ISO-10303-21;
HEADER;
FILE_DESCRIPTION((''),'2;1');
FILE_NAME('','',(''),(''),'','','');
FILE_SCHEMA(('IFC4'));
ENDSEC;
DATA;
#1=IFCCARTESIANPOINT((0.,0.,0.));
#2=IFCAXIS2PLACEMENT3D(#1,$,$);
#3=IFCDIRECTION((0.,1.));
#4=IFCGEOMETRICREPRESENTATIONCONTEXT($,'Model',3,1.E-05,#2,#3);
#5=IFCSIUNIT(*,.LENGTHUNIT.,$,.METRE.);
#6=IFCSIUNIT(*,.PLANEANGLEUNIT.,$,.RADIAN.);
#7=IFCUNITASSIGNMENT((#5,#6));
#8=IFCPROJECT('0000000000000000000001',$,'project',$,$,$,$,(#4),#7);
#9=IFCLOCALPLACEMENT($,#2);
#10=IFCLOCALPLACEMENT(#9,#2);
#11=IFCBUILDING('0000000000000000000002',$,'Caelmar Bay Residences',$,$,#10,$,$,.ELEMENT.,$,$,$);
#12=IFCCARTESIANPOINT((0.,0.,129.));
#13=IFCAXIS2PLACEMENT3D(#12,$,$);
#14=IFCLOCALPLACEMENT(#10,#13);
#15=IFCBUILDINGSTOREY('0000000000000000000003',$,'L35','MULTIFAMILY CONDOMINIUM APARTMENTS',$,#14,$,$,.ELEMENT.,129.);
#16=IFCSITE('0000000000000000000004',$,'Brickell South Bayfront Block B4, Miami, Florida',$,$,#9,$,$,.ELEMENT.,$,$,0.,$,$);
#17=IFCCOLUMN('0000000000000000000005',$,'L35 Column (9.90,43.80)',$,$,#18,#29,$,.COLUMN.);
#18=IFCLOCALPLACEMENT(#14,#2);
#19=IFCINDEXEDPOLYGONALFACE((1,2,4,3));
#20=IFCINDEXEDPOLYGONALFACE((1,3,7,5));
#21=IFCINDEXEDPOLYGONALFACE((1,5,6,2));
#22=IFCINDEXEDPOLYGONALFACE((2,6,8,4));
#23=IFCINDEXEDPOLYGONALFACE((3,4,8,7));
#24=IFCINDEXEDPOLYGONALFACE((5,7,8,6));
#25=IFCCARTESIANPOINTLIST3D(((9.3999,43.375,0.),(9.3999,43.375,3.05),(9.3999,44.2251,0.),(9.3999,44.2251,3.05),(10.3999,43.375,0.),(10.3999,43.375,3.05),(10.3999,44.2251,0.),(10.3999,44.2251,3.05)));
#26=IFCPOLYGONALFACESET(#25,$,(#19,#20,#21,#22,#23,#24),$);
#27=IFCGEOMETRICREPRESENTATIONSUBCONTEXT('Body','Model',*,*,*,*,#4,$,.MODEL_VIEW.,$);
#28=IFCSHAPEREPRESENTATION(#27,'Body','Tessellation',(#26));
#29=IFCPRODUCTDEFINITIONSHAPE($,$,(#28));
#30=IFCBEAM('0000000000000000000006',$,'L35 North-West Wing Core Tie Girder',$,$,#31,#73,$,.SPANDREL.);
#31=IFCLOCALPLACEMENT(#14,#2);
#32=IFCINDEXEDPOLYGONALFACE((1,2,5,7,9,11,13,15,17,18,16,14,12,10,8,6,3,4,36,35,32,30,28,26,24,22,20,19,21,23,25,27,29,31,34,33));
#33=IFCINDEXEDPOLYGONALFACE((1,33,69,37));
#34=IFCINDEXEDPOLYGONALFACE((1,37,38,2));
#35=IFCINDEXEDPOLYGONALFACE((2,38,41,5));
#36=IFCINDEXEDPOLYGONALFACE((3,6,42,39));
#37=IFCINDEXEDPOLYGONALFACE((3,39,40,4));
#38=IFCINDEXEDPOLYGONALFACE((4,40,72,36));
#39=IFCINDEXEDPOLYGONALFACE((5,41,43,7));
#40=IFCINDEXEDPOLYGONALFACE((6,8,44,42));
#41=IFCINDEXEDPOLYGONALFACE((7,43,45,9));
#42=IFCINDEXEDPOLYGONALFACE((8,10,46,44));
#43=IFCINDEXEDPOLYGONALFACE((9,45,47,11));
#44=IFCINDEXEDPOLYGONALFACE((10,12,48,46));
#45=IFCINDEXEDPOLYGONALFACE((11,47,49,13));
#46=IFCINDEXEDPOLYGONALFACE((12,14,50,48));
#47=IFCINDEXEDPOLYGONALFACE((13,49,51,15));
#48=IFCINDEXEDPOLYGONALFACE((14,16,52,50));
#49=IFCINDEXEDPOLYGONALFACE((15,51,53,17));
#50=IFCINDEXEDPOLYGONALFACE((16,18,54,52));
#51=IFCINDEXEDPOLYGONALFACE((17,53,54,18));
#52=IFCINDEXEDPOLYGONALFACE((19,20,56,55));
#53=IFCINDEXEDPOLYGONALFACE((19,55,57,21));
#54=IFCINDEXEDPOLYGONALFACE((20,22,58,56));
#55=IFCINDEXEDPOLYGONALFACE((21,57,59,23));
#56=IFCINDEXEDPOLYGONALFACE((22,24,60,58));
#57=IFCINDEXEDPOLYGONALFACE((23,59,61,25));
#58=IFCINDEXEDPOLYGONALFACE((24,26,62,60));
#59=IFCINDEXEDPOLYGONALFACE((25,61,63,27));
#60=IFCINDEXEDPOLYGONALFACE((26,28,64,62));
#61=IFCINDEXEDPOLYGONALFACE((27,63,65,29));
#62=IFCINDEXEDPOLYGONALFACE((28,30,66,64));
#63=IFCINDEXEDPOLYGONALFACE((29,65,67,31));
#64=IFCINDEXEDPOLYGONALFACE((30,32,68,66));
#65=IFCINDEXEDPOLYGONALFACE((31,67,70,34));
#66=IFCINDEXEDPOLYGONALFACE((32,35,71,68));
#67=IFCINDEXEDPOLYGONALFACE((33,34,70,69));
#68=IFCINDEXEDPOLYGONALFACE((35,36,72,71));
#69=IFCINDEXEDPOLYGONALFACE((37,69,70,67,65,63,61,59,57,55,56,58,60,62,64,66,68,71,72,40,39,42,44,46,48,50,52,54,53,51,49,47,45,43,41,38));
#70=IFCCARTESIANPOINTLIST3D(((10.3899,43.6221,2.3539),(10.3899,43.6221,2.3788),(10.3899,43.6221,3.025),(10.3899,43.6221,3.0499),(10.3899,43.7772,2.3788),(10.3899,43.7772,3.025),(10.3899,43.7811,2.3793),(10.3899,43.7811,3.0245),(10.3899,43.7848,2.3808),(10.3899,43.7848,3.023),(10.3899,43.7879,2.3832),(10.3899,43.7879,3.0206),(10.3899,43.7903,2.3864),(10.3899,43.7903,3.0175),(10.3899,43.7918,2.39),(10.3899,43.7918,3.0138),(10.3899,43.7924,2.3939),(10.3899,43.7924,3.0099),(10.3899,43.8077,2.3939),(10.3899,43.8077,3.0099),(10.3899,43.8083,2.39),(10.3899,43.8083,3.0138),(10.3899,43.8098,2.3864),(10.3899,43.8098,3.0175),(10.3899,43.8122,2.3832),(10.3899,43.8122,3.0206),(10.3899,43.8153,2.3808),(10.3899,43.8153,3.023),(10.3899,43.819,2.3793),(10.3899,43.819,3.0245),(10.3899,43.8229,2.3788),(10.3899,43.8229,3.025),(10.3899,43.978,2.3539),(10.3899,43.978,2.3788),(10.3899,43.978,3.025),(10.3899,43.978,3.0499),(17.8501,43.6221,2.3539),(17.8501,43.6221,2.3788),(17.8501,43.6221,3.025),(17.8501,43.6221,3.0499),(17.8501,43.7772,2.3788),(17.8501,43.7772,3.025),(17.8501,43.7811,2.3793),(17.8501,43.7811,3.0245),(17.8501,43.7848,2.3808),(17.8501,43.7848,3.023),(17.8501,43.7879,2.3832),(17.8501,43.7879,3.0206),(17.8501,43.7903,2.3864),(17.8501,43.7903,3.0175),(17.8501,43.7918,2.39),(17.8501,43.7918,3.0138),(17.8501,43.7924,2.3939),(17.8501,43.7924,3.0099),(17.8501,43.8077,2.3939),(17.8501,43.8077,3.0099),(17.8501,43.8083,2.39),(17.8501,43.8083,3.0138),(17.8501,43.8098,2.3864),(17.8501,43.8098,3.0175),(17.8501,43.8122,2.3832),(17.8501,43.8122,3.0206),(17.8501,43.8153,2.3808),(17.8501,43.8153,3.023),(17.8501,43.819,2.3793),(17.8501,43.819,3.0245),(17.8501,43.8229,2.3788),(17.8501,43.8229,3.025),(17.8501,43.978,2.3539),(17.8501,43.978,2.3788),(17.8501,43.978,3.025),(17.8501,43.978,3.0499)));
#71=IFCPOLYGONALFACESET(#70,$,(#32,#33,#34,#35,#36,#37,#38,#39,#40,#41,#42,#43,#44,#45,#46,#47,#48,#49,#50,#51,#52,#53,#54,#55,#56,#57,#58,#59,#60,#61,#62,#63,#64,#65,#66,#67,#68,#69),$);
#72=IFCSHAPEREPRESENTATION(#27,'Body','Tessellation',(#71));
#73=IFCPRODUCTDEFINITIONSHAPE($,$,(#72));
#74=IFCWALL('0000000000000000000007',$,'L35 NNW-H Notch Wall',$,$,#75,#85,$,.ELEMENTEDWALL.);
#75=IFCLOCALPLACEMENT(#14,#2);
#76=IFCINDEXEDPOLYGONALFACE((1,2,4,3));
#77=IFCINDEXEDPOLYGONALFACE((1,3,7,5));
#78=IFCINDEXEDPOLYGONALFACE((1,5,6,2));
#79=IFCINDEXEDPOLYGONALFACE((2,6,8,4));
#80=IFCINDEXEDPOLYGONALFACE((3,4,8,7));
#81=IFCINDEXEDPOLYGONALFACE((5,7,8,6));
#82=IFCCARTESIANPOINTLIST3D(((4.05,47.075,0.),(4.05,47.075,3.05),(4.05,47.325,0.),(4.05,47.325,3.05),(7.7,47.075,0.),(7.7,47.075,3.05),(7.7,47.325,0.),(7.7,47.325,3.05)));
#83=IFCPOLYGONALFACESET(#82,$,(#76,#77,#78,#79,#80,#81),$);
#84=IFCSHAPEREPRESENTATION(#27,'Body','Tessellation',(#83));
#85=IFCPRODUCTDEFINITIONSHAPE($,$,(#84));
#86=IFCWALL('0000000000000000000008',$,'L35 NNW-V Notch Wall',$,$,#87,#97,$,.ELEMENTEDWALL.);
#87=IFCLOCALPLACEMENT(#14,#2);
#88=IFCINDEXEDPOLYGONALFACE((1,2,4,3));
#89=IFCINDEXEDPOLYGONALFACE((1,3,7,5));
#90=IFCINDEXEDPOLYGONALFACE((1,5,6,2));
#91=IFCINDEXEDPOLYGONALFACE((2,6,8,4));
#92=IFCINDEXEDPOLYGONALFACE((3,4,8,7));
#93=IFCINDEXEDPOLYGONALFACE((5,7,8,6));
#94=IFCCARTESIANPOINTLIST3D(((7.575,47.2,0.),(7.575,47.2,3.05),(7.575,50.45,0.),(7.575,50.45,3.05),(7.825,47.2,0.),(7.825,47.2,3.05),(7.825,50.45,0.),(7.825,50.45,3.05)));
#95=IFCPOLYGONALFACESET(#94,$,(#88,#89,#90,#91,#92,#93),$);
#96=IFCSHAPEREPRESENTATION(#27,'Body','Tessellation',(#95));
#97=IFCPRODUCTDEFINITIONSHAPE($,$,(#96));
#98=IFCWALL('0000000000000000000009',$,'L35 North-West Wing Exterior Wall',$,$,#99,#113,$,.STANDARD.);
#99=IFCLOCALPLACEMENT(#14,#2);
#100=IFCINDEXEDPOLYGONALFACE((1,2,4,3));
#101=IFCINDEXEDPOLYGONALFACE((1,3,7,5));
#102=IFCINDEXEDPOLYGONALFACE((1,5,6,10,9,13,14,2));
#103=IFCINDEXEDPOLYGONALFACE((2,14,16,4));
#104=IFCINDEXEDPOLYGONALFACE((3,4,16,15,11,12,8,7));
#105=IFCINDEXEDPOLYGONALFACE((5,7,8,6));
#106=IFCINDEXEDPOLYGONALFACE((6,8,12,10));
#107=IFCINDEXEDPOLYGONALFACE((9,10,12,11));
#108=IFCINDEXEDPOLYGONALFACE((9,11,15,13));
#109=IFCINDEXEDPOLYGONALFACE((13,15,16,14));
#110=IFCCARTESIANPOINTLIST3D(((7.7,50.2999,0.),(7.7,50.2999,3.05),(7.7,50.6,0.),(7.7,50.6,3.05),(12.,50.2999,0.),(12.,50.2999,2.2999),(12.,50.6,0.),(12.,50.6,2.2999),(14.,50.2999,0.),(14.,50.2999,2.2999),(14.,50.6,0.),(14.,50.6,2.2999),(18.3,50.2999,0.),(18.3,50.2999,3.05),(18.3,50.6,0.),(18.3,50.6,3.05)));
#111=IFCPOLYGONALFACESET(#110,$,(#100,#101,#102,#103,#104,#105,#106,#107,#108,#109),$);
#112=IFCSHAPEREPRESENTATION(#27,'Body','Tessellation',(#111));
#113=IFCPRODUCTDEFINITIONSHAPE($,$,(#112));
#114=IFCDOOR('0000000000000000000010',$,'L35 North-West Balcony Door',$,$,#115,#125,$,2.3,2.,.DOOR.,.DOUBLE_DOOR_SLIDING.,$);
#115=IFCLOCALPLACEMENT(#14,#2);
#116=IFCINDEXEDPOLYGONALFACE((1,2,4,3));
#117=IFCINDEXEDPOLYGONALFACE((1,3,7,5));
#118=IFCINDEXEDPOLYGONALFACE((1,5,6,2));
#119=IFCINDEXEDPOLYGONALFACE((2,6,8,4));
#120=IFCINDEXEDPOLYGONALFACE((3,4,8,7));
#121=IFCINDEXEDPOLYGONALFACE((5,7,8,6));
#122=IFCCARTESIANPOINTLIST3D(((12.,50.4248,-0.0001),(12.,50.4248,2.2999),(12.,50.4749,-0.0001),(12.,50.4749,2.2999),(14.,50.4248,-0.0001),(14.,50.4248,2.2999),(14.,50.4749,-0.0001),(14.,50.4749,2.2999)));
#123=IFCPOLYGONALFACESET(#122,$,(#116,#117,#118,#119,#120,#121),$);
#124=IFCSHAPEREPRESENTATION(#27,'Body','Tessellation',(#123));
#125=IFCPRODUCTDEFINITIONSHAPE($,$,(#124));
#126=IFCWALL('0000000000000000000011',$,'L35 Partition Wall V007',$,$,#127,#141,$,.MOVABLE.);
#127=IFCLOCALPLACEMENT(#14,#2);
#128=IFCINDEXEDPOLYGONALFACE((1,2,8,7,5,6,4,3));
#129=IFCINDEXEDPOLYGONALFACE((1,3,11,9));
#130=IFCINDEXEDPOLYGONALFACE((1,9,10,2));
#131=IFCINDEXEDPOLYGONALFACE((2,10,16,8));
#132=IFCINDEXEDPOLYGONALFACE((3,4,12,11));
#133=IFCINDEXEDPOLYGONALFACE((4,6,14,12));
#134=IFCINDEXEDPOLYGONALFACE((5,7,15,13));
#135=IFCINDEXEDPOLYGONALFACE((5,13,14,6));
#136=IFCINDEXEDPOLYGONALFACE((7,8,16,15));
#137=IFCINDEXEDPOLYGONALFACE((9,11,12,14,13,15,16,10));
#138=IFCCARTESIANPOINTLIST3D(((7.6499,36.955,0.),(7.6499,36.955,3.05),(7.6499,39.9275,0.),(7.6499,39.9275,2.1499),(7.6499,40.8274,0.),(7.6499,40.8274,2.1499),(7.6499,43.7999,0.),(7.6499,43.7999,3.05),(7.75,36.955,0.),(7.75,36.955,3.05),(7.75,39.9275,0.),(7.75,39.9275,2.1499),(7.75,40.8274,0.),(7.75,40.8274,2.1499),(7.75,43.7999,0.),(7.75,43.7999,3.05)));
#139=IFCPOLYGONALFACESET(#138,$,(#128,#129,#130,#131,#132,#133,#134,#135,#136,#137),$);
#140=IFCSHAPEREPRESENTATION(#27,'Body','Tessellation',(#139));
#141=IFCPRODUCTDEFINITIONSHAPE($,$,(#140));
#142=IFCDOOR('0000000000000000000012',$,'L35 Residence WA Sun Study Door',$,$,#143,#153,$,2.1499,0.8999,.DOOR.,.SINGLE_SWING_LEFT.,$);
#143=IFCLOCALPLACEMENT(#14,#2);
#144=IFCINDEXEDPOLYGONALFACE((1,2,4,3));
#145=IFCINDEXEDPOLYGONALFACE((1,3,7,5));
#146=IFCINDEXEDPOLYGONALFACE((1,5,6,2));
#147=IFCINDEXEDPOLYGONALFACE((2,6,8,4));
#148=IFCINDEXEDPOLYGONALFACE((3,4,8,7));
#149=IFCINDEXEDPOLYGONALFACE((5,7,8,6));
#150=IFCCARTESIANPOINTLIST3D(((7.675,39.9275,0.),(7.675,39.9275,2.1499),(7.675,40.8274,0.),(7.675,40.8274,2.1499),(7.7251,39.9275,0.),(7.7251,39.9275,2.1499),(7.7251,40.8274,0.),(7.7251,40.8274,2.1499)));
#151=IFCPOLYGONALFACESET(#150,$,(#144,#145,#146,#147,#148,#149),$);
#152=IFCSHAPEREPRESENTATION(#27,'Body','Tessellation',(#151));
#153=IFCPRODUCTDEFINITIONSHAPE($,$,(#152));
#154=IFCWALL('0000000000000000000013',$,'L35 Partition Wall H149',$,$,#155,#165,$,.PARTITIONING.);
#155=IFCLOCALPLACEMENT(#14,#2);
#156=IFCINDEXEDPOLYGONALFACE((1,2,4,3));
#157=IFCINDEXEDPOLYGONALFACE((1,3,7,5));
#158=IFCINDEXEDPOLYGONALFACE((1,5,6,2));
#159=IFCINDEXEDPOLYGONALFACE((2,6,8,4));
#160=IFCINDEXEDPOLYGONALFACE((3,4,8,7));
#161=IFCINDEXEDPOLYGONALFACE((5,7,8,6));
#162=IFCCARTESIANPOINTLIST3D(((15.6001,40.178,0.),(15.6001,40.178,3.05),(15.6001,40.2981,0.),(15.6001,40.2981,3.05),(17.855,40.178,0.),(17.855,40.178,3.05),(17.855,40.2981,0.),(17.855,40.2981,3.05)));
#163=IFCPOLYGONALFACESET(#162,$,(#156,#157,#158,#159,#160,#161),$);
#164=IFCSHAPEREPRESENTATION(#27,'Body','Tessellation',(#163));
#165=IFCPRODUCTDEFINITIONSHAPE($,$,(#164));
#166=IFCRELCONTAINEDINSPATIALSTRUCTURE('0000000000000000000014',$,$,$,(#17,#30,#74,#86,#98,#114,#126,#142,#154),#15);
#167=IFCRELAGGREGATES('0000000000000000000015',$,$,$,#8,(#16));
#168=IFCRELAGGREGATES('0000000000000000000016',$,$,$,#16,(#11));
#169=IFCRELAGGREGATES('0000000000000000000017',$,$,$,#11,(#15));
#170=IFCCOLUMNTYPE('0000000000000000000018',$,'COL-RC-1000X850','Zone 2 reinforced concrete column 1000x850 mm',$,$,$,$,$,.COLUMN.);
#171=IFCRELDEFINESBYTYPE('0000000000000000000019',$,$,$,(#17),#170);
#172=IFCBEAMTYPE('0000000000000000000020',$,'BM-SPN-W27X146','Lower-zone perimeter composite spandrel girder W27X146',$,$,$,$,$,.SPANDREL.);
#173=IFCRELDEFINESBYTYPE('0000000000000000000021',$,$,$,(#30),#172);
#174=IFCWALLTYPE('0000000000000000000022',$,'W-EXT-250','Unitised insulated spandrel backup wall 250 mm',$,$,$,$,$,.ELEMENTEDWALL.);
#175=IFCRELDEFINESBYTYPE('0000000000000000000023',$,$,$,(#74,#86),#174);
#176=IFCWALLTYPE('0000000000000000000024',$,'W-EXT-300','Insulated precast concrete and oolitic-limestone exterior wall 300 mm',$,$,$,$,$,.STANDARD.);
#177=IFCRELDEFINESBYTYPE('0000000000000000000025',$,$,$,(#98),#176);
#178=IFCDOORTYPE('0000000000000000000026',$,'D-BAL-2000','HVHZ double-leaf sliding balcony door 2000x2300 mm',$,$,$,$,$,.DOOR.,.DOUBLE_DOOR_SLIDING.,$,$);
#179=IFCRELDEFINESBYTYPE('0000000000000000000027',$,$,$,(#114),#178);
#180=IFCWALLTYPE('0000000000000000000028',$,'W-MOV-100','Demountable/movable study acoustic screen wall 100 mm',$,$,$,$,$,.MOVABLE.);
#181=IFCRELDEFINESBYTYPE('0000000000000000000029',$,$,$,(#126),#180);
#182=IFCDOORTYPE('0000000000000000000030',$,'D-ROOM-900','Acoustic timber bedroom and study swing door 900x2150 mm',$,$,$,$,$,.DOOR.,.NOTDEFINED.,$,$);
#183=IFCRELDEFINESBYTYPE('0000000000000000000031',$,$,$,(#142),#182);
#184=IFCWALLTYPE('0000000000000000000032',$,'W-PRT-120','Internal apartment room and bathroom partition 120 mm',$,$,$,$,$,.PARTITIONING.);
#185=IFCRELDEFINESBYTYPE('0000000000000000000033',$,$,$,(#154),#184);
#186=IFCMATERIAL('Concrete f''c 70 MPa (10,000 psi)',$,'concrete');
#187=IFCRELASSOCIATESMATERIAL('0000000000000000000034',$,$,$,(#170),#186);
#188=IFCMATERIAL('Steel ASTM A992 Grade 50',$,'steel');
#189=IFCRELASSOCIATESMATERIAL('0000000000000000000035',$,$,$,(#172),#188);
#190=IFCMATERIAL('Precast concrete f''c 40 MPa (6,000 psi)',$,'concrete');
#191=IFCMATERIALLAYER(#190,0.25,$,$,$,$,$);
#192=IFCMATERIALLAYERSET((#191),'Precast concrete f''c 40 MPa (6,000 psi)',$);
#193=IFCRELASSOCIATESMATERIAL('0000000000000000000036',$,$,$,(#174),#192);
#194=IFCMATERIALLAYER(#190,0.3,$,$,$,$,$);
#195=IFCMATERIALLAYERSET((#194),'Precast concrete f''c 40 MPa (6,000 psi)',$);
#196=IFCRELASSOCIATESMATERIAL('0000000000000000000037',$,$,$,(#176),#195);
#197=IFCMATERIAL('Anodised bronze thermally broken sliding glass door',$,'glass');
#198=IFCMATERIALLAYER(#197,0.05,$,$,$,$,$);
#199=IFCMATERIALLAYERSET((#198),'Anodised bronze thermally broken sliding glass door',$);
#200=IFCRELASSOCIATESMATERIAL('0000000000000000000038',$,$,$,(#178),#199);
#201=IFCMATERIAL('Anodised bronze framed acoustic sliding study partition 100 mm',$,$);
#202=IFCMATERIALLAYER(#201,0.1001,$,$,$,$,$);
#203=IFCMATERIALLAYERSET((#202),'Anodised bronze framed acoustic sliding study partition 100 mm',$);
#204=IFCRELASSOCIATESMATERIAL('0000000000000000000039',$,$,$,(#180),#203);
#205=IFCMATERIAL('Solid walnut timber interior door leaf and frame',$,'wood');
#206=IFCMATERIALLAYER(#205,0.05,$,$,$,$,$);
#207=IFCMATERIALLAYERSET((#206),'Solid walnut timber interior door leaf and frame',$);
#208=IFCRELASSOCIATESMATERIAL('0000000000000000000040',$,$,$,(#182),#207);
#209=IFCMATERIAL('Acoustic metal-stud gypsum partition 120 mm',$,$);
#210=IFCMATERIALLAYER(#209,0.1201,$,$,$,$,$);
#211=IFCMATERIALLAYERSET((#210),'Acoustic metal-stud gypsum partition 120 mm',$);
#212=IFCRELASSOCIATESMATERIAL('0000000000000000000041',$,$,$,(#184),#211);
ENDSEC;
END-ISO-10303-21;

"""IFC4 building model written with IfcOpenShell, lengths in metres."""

from ifc_helpers import new_model, si_unit, direction, frame, frame_2d, origin, origin_2d, place, context, subcontext, project, spatial, rectangle, i_section, extrude, material, layer, layer_set, material_profile, profile_set, type_object, element, fill, save


model = new_model("IFC4")

# Units and contexts
model_context = context("Model", 3, precision=1e-05, world=origin(), true_north=direction((0.0, 1.0)))
body_context = subcontext(model_context, "Body", "Model", "MODEL_VIEW")
ifc_project = project(units=[si_unit("LENGTHUNIT", "METRE"), si_unit("PLANEANGLEUNIT", "RADIAN")], contexts=[model_context])

# Site, building, storey
site_placement = place(None, origin())
site = spatial("IfcSite", under=ifc_project, at=site_placement, Name="Brickell South Bayfront Block B4, Miami, Florida", CompositionType="ELEMENT", RefElevation=0.0)
building_placement = place(site_placement, origin())
building = spatial("IfcBuilding", under=site, at=building_placement, Name="Caelmar Bay Residences", CompositionType="ELEMENT")
storey_placement = place(building_placement, frame((0.0, 0.0, 129.0)))
storey = spatial("IfcBuildingStorey", under=building, at=storey_placement, Name="L35", Description="MULTIFAMILY CONDOMINIUM APARTMENTS", CompositionType="ELEMENT", Elevation=129.0)

# Column
ifc_material_1 = material(Name="Concrete f'c 70 MPa (10,000 psi)", Category="concrete")
ifc_material_profile_1 = material_profile(ifc_material_1, rectangle(XDim=1.0, YDim=0.8501, at=origin_2d()), Name="RC-COL-1000X850")
ifc_profile_set_1 = profile_set([ifc_material_profile_1], Name="Concrete f'c 70 MPa (10,000 psi)")
column_type = type_object("IfcColumnType", Name="COL-RC-1000X850", Description="Zone 2 reinforced concrete column 1000x850 mm", PredefinedType="COLUMN", material=ifc_profile_set_1)
column_placement = place(storey_placement, frame((9.8999, 43.8, 0.0), z_axis=(0.0, 0.0, 1.0), x_axis=(1.0, 0.0, 0.0)))
element("IfcColumn", 1, at=column_placement, inside=storey, type_object=column_type, Name="L35 Column (9.90,43.80)", PredefinedType="COLUMN", context=body_context, shape_type="SweptSolid", body=[
    extrude(rectangle(XDim=1.0, YDim=0.8501, at=origin_2d()), origin(), (0.0, 0.0, 1.0), 3.05),
])

# Beam
ifc_material_2 = material(Name="Steel ASTM A992 Grade 50", Category="steel")
ifc_material_profile_2 = material_profile(ifc_material_2, i_section(OverallWidth=0.356, OverallDepth=0.696, WebThickness=0.0154, FlangeThickness=0.0249, FilletRadius=0.0151, at=origin_2d()), Name="W27X146")
ifc_profile_set_2 = profile_set([ifc_material_profile_2], Name="Steel ASTM A992 Grade 50")
beam_type = type_object("IfcBeamType", Name="BM-SPN-W27X146", Description="Lower-zone perimeter composite spandrel girder W27X146", PredefinedType="SPANDREL", material=ifc_profile_set_2)
beam_placement = place(storey_placement, frame((10.3899, 43.8, 2.7019), z_axis=(1.0, 0.0, 0.0), x_axis=(0.0, 1.0, 0.0)))
element("IfcBeam", 2, at=beam_placement, inside=storey, type_object=beam_type, Name="L35 North-West Wing Core Tie Girder", PredefinedType="SPANDREL", context=body_context, shape_type="SweptSolid", body=[
    extrude(i_section(OverallWidth=0.356, OverallDepth=0.696, WebThickness=0.0154, FlangeThickness=0.0249, FilletRadius=0.0151, at=origin_2d()), origin(), (0.0, 0.0, 1.0), 7.4602),
])

# Walls
ifc_material_3 = material(Name="Precast concrete f'c 40 MPa (6,000 psi)", Category="concrete")
ifc_layer_1 = layer(ifc_material_3, 0.25)
ifc_layer_set_1 = layer_set([ifc_layer_1], Name="Precast concrete f'c 40 MPa (6,000 psi)")
wall_type_1 = type_object("IfcWallType", Name="W-EXT-250", Description="Unitised insulated spandrel backup wall 250 mm", PredefinedType="ELEMENTEDWALL", material=ifc_layer_set_1)
wall_1_placement = place(storey_placement, frame((4.05, 47.2, 0.0), z_axis=(0.0, 0.0, 1.0), x_axis=(1.0, 0.0, 0.0)))
element("IfcWall", 3, at=wall_1_placement, inside=storey, type_object=wall_type_1, Name="L35 NNW-H Notch Wall", PredefinedType="ELEMENTEDWALL", context=body_context, shape_type="SweptSolid", body=[
    extrude(rectangle(XDim=3.6499, YDim=0.25, at=frame_2d((1.825, 0.0))), origin(), (0.0, 0.0, 1.0), 3.05),
])
wall_2_placement = place(storey_placement, frame((7.7, 47.2, 0.0), z_axis=(0.0, 0.0, 1.0), x_axis=(0.0, 1.0, 0.0)))
element("IfcWall", 4, at=wall_2_placement, inside=storey, type_object=wall_type_1, Name="L35 NNW-V Notch Wall", PredefinedType="ELEMENTEDWALL", context=body_context, shape_type="SweptSolid", body=[
    extrude(rectangle(XDim=3.25, YDim=0.25, at=frame_2d((1.625, 0.0))), origin(), (0.0, 0.0, 1.0), 3.05),
])

# Walls, openings, doors
ifc_layer_2 = layer(ifc_material_3, 0.3)
ifc_layer_set_2 = layer_set([ifc_layer_2], Name="Precast concrete f'c 40 MPa (6,000 psi)")
wall_type_2 = type_object("IfcWallType", Name="W-EXT-300", Description="Insulated precast concrete and oolitic-limestone exterior wall 300 mm", PredefinedType="STANDARD", material=ifc_layer_set_2)
wall_3_placement = place(storey_placement, frame((7.7, 50.45, 0.0), z_axis=(0.0, 0.0, 1.0), x_axis=(1.0, 0.0, 0.0)))
wall_3 = element("IfcWall", 5, at=wall_3_placement, inside=storey, type_object=wall_type_2, Name="L35 North-West Wing Exterior Wall", PredefinedType="STANDARD", context=body_context, shape_type="SweptSolid", body=[
    extrude(rectangle(XDim=10.6001, YDim=0.3, at=frame_2d((5.3, 0.0))), origin(), (0.0, 0.0, 1.0), 3.05),
])
opening_1_placement = place(wall_3_placement, frame((4.3, 0.0, 0.0)))
opening_1 = element("IfcOpeningElement", 6, at=opening_1_placement, cuts=wall_3, PredefinedType="OPENING", context=body_context, shape_type="SweptSolid", body=[
    extrude(rectangle(XDim=2.0, YDim=2.3, at=frame_2d((1.0, 1.1499))), frame((0.0, 0.1599, 0.0), z_axis=(0.0, -1.0, 0.0), x_axis=(1.0, 0.0, 0.0)), (0.0, 0.0, 1.0), 0.3201),
])
ifc_material_4 = material(Name="Anodised bronze thermally broken sliding glass door", Category="glass")
ifc_layer_3 = layer(ifc_material_4, 0.05)
ifc_layer_set_3 = layer_set([ifc_layer_3], Name="Anodised bronze thermally broken sliding glass door")
door_type_1 = type_object("IfcDoorType", Name="D-BAL-2000", Description="HVHZ double-leaf sliding balcony door 2000x2300 mm", OperationType="DOUBLE_DOOR_SLIDING", PredefinedType="DOOR", material=ifc_layer_set_3)
door_1_placement = place(opening_1_placement, origin())
door_1 = element("IfcDoor", 7, at=door_1_placement, inside=storey, type_object=door_type_1, Name="L35 North-West Balcony Door", OperationType="DOUBLE_DOOR_SLIDING", OverallHeight=2.3, OverallWidth=2.0, PredefinedType="DOOR", context=body_context, shape_type="SweptSolid", body=[
    extrude(rectangle(XDim=2.0, YDim=2.3, at=frame_2d((1.0, 1.1499))), frame((0.0, 0.0249, 0.0), z_axis=(0.0, -1.0, 0.0), x_axis=(1.0, 0.0, 0.0)), (0.0, 0.0, 1.0), 0.05),
])
fill(opening_1, door_1)
ifc_material_5 = material(Name="Anodised bronze framed acoustic sliding study partition 100 mm")
ifc_layer_4 = layer(ifc_material_5, 0.1001)
ifc_layer_set_4 = layer_set([ifc_layer_4], Name="Anodised bronze framed acoustic sliding study partition 100 mm")
wall_type_3 = type_object("IfcWallType", Name="W-MOV-100", Description="Demountable/movable study acoustic screen wall 100 mm", PredefinedType="MOVABLE", material=ifc_layer_set_4)
wall_4_placement = place(storey_placement, frame((7.7, 36.9551, 0.0), z_axis=(0.0, 0.0, 1.0), x_axis=(0.0, 1.0, 0.0)))
wall_4 = element("IfcWall", 8, at=wall_4_placement, inside=storey, type_object=wall_type_3, Name="L35 Partition Wall V007", PredefinedType="MOVABLE", context=body_context, shape_type="SweptSolid", body=[
    extrude(rectangle(XDim=6.845, YDim=0.1001, at=frame_2d((3.4224, 0.0))), origin(), (0.0, 0.0, 1.0), 3.05),
])
opening_2_placement = place(wall_4_placement, frame((2.9724, 0.0, 0.0)))
opening_2 = element("IfcOpeningElement", 9, at=opening_2_placement, cuts=wall_4, PredefinedType="OPENING", context=body_context, shape_type="SweptSolid", body=[
    extrude(rectangle(XDim=0.8999, YDim=2.1499, at=frame_2d((0.45, 1.075))), frame((0.0, 0.0601, 0.0), z_axis=(0.0, -1.0, 0.0), x_axis=(1.0, 0.0, 0.0)), (0.0, 0.0, 1.0), 0.1201),
])
ifc_material_6 = material(Name="Solid walnut timber interior door leaf and frame", Category="wood")
ifc_layer_5 = layer(ifc_material_6, 0.05)
ifc_layer_set_5 = layer_set([ifc_layer_5], Name="Solid walnut timber interior door leaf and frame")
door_type_2 = type_object("IfcDoorType", Name="D-ROOM-900", Description="Acoustic timber bedroom and study swing door 900x2150 mm", OperationType="NOTDEFINED", PredefinedType="DOOR", material=ifc_layer_set_5)
door_2_placement = place(opening_2_placement, origin())
door_2 = element("IfcDoor", 10, at=door_2_placement, inside=storey, type_object=door_type_2, Name="L35 Residence WA Sun Study Door", OperationType="SINGLE_SWING_LEFT", OverallHeight=2.1499, OverallWidth=0.8999, PredefinedType="DOOR", context=body_context, shape_type="SweptSolid", body=[
    extrude(rectangle(XDim=0.8999, YDim=2.1499, at=frame_2d((0.45, 1.075))), frame((0.0, 0.0249, 0.0), z_axis=(0.0, -1.0, 0.0), x_axis=(1.0, 0.0, 0.0)), (0.0, 0.0, 1.0), 0.05),
])
fill(opening_2, door_2)
ifc_material_7 = material(Name="Acoustic metal-stud gypsum partition 120 mm")
ifc_layer_6 = layer(ifc_material_7, 0.1201)
ifc_layer_set_6 = layer_set([ifc_layer_6], Name="Acoustic metal-stud gypsum partition 120 mm")
wall_type_4 = type_object("IfcWallType", Name="W-PRT-120", Description="Internal apartment room and bathroom partition 120 mm", PredefinedType="PARTITIONING", material=ifc_layer_set_6)

# Wall
wall_5_placement = place(storey_placement, frame((15.6001, 40.238, 0.0), z_axis=(0.0, 0.0, 1.0), x_axis=(1.0, 0.0, 0.0)))
element("IfcWall", 11, at=wall_5_placement, inside=storey, type_object=wall_type_4, Name="L35 Partition Wall H149", PredefinedType="PARTITIONING", context=body_context, shape_type="SweptSolid", body=[
    extrude(rectangle(XDim=2.2549, YDim=0.1201, at=frame_2d((1.1274, 0.0))), origin(), (0.0, 0.0, 1.0), 3.05),
])

save(model, "model.ifc")
